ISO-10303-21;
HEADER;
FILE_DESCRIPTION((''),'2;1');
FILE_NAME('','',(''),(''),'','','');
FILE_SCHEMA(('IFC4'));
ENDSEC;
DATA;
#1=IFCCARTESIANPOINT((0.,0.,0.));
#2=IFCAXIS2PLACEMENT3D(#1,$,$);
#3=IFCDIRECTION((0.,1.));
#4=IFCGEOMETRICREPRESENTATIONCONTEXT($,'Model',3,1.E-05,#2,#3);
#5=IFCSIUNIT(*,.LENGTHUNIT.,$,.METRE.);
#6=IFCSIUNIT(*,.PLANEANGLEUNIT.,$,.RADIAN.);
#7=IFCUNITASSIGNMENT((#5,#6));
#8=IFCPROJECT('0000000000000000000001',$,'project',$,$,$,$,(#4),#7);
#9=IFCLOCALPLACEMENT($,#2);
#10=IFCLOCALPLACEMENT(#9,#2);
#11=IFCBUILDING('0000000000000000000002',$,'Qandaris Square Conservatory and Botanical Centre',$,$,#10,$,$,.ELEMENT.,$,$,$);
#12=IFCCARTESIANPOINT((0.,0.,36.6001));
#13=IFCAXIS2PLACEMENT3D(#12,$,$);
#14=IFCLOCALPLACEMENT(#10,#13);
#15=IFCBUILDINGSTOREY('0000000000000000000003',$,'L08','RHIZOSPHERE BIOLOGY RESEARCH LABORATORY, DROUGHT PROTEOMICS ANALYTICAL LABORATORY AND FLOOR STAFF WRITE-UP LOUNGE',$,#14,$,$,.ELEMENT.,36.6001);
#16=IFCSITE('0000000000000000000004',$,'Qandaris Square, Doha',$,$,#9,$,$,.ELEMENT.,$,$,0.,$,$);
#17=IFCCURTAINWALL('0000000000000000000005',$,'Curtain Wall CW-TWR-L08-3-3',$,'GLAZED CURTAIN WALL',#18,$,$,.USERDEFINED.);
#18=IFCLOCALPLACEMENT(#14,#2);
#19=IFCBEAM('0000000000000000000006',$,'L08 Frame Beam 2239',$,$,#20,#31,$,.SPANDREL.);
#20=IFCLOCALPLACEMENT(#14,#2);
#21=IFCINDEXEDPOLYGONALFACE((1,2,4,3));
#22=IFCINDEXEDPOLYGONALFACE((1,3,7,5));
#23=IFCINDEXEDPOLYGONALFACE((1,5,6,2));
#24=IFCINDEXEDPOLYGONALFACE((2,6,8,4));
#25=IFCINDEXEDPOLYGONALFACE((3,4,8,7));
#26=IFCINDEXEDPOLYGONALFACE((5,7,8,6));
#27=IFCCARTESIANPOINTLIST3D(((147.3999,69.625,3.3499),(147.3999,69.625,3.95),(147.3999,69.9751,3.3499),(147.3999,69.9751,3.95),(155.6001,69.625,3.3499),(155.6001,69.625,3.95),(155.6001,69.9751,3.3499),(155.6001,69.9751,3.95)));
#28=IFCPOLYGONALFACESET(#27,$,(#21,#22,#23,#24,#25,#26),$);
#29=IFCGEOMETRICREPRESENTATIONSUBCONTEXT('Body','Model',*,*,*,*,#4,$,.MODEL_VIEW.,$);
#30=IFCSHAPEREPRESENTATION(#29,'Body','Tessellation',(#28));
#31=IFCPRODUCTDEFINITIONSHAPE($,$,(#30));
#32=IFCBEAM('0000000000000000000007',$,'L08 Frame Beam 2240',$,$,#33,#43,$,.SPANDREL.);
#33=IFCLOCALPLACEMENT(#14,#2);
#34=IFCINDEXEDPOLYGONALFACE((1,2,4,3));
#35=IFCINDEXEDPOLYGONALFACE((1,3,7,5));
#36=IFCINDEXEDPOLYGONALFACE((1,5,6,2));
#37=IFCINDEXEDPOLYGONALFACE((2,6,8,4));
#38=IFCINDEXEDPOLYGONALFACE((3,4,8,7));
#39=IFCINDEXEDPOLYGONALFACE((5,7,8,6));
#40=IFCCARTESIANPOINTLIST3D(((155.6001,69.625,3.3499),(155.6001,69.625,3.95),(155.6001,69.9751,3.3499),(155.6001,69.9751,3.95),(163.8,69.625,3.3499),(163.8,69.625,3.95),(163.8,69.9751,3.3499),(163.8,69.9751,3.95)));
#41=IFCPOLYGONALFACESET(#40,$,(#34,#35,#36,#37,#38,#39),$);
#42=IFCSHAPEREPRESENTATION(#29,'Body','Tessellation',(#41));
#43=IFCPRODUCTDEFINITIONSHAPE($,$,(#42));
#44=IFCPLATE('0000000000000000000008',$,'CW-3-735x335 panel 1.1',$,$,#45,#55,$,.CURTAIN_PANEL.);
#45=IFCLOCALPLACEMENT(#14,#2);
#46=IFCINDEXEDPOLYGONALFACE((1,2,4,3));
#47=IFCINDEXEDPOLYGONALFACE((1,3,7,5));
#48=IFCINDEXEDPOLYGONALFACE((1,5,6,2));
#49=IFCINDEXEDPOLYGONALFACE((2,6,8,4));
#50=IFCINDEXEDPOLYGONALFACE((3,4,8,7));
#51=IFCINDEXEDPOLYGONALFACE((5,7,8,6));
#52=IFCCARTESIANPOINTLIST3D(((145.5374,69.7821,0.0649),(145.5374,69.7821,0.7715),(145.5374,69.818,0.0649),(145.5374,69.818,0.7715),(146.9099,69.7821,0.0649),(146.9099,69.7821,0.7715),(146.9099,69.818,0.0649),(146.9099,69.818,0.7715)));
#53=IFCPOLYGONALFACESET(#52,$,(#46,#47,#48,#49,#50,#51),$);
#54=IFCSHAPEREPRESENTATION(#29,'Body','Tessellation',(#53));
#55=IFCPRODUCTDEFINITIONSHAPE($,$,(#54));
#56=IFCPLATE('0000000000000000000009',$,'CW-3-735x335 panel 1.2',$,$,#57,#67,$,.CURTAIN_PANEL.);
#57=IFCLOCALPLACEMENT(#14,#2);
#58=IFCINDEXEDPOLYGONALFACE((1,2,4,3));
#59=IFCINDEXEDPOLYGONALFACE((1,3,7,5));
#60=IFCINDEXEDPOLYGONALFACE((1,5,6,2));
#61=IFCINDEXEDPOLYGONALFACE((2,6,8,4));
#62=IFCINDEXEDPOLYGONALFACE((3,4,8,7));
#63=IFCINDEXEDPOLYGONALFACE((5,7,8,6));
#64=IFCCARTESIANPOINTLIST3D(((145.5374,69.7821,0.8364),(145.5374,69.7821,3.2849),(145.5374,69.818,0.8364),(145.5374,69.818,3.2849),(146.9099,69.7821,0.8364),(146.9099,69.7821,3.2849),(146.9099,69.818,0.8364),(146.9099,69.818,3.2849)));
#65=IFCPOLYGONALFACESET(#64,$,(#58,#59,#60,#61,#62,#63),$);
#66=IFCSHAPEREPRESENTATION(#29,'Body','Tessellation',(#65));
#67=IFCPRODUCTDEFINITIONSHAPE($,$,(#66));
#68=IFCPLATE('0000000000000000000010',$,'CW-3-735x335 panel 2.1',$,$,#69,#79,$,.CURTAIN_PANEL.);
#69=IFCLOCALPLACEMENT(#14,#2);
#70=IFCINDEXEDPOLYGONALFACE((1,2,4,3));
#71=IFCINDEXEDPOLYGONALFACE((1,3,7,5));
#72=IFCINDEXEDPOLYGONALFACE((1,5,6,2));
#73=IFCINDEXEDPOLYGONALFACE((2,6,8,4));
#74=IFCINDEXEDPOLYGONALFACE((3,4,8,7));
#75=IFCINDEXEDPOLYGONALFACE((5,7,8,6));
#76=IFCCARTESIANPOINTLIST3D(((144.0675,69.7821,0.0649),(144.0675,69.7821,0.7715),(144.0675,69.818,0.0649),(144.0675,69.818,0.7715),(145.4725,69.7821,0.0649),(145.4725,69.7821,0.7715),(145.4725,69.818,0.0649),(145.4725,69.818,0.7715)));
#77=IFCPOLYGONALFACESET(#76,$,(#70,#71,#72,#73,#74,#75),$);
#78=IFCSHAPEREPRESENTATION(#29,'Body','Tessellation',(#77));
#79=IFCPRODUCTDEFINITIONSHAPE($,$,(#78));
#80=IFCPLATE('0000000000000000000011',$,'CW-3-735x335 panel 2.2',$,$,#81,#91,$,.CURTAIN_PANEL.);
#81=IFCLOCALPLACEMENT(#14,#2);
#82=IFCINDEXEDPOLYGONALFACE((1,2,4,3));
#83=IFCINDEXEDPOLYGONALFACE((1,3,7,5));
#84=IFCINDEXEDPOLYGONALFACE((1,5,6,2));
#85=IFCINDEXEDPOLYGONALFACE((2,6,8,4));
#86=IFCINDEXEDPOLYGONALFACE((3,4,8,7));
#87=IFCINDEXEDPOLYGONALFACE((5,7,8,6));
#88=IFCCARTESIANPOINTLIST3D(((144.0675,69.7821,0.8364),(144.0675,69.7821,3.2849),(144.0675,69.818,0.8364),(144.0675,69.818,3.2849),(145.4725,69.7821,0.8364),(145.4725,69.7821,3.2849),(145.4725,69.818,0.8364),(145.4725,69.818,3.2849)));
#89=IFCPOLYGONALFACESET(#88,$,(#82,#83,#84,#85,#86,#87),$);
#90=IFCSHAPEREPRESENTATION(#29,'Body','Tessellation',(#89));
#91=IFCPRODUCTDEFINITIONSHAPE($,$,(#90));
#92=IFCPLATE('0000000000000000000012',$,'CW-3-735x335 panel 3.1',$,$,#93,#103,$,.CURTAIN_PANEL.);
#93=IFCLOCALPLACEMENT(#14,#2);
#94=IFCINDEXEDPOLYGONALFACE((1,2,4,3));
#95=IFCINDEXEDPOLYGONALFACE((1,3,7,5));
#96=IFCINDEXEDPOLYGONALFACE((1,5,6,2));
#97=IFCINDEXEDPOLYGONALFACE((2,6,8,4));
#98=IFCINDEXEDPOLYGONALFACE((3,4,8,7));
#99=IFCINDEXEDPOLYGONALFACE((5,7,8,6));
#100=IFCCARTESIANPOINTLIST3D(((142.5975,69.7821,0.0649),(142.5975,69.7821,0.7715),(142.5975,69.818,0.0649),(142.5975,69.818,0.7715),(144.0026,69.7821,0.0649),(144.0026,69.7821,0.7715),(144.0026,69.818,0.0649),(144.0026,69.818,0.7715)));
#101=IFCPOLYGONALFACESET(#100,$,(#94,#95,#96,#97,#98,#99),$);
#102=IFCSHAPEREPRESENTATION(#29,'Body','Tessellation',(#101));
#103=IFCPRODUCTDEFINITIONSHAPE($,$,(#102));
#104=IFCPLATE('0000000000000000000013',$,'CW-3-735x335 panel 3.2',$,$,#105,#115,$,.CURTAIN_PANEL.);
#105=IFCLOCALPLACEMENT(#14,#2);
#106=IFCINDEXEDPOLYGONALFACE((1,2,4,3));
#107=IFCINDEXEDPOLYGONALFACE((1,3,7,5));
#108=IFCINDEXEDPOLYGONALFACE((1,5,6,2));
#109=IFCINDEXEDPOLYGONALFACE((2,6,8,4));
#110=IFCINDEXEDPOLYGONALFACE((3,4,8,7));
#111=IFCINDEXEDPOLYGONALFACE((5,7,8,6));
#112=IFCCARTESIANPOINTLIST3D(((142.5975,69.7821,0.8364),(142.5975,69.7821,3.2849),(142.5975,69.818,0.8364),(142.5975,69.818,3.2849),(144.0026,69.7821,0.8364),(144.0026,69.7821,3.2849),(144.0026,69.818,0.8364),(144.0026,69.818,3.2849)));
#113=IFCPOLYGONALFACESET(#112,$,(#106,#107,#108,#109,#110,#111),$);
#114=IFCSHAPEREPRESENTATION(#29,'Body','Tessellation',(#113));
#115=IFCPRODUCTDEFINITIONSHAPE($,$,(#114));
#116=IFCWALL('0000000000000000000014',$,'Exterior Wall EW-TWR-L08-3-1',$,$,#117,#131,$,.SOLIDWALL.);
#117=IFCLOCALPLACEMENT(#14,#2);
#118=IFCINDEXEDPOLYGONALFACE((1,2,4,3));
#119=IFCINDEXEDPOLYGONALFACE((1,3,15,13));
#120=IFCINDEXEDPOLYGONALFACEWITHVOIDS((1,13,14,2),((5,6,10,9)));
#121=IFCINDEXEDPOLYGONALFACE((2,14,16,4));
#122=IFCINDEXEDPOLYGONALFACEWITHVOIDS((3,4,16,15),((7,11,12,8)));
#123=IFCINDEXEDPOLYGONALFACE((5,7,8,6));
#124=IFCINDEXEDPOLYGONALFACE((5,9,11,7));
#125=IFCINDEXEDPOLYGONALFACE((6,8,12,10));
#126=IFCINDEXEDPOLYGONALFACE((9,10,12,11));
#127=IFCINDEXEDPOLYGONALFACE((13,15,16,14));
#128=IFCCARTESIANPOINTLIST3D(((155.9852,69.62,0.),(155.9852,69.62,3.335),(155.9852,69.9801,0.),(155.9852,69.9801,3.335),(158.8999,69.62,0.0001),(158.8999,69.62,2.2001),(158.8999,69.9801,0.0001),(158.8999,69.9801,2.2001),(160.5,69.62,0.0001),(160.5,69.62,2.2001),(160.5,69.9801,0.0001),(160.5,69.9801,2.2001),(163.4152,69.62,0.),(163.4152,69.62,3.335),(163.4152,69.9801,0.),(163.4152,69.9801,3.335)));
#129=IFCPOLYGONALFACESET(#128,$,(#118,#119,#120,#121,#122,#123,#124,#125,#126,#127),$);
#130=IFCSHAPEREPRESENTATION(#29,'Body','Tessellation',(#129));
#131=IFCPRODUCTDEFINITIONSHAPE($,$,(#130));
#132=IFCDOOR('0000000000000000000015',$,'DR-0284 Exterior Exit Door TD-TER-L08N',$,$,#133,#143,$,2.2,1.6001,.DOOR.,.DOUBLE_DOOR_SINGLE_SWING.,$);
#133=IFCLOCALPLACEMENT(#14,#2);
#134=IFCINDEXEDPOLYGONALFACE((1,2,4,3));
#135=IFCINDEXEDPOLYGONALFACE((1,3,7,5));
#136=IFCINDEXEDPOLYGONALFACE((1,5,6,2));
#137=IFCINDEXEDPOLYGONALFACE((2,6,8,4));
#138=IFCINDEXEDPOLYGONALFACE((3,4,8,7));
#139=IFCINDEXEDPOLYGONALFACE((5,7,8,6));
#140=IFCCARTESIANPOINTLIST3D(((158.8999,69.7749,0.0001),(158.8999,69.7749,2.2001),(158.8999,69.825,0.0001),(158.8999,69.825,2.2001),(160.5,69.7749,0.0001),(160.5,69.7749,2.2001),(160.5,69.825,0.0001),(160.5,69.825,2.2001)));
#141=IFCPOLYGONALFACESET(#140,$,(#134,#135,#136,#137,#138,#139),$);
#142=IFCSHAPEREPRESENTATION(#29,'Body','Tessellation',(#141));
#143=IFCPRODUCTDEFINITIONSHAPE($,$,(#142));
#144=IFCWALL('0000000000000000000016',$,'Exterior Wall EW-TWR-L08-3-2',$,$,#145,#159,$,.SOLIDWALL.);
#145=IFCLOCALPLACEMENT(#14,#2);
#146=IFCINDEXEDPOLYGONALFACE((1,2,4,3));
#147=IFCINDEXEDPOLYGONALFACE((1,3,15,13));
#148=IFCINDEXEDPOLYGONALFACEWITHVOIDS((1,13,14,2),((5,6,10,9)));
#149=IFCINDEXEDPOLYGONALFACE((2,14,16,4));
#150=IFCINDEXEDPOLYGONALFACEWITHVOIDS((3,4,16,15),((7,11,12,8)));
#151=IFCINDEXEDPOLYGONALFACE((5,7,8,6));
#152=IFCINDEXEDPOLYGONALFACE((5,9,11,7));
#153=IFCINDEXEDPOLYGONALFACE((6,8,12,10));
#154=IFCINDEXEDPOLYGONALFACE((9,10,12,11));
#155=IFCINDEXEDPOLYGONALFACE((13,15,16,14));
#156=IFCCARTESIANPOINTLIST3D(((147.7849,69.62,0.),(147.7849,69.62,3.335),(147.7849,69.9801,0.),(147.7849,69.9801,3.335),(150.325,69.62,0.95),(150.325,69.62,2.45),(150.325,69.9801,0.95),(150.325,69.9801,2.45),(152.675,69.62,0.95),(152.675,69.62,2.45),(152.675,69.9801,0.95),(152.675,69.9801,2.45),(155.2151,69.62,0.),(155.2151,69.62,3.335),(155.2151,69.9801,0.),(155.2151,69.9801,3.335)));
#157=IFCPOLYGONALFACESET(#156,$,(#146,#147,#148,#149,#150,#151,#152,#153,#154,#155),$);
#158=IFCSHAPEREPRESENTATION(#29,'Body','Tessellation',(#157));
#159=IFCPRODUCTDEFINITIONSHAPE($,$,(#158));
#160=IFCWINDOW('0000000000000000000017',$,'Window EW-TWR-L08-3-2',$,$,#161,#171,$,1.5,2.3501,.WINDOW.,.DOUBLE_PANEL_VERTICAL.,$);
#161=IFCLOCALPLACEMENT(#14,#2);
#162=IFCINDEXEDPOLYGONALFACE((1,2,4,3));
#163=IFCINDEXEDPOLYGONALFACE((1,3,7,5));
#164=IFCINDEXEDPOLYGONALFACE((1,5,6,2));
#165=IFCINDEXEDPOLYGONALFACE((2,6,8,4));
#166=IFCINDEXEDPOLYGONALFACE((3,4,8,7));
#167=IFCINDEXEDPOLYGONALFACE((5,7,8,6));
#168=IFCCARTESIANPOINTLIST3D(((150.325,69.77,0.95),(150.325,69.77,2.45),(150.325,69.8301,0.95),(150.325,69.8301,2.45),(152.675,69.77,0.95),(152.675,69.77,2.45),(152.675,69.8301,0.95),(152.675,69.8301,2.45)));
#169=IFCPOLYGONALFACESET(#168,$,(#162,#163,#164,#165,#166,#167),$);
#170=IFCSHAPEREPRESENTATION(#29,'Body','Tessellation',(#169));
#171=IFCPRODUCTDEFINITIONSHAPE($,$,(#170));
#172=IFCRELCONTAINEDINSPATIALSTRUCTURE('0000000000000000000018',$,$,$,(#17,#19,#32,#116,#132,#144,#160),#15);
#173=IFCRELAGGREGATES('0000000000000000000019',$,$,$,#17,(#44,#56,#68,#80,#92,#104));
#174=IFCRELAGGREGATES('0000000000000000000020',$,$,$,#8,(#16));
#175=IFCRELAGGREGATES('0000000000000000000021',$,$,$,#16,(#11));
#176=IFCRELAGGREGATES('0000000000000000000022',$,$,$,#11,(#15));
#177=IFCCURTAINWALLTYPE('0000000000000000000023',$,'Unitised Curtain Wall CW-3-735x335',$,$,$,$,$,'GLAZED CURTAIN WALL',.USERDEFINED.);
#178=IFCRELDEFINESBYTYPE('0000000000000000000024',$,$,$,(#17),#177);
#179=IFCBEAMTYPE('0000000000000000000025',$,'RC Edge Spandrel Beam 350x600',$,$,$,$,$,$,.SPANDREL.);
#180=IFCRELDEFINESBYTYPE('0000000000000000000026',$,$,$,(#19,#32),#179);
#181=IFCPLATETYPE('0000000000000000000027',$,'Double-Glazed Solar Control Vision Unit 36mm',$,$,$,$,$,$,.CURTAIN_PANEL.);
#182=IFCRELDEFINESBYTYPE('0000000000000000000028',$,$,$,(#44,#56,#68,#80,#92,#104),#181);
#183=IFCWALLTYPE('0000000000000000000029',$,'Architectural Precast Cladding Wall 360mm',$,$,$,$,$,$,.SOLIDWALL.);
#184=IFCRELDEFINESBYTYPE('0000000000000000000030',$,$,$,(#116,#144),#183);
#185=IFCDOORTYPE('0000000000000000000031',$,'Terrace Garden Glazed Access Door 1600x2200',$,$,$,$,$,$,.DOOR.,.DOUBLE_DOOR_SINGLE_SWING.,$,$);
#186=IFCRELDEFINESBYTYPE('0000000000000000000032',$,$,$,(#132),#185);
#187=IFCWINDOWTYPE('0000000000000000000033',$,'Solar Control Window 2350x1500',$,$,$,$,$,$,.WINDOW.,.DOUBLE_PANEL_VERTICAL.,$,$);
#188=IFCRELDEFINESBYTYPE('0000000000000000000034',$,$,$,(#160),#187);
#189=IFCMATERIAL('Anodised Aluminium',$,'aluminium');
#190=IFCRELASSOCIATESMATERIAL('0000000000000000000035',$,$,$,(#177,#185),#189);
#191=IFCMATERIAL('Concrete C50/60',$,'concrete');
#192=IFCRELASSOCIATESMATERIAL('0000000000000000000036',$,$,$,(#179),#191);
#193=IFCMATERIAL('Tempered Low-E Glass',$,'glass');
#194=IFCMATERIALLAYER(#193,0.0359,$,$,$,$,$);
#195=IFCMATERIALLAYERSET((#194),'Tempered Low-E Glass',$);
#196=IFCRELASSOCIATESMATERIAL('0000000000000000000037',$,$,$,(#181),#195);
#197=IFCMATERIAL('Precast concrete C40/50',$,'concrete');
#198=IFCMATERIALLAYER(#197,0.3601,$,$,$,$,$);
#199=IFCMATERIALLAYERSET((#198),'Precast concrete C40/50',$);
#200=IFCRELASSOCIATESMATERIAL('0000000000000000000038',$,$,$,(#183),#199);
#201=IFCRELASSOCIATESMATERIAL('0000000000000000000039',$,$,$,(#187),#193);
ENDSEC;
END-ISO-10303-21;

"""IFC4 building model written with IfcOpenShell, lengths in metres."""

from ifc_helpers import new_model, si_unit, direction, frame, frame_2d, origin, origin_2d, place, context, subcontext, project, spatial, rectangle, extrude, material, layer, layer_set, material_profile, profile_set, type_object, element, fill, aggregate, save


model = new_model("IFC4")

# Units and contexts
model_context = context("Model", 3, precision=1e-05, world=origin(), true_north=direction((0.0, 1.0)))
body_context = subcontext(model_context, "Body", "Model", "MODEL_VIEW")
ifc_project = project(units=[si_unit("LENGTHUNIT", "METRE"), si_unit("PLANEANGLEUNIT", "RADIAN")], contexts=[model_context])

# Site, building, storey
site_placement = place(None, origin())
site = spatial("IfcSite", under=ifc_project, at=site_placement, Name="Qandaris Square, Doha", CompositionType="ELEMENT", RefElevation=0.0)
building_placement = place(site_placement, origin())
building = spatial("IfcBuilding", under=site, at=building_placement, Name="Qandaris Square Conservatory and Botanical Centre", CompositionType="ELEMENT")
storey_placement = place(building_placement, frame((0.0, 0.0, 36.6001)))
storey = spatial("IfcBuildingStorey", under=building, at=storey_placement, Name="L08", Description="RHIZOSPHERE BIOLOGY RESEARCH LABORATORY, DROUGHT PROTEOMICS ANALYTICAL LABORATORY AND FLOOR STAFF WRITE-UP LOUNGE", CompositionType="ELEMENT", Elevation=36.6001)

# Shared definitions
ifc_material_1 = material(Name="Concrete C50/60", Category="concrete")

# Curtain wall
ifc_material_2 = material(Name="Anodised Aluminium", Category="aluminium")
curtain_wall_type = type_object("IfcCurtainWallType", Name="Unitised Curtain Wall CW-3-735x335", ElementType="GLAZED CURTAIN WALL", PredefinedType="USERDEFINED", material=ifc_material_2)
curtain_wall_placement = place(storey_placement, origin())
curtain_wall = element("IfcCurtainWall", 1, at=curtain_wall_placement, inside=storey, type_object=curtain_wall_type, Name="Curtain Wall CW-TWR-L08-3-3", ObjectType="GLAZED CURTAIN WALL", PredefinedType="USERDEFINED")

# Beams
ifc_material_profile_1 = material_profile(ifc_material_1, rectangle(XDim=0.3501, YDim=0.6001, at=origin_2d()), Name="RC-SP 350x600")
ifc_profile_set_1 = profile_set([ifc_material_profile_1], Name="Concrete C50/60")
beam_type = type_object("IfcBeamType", Name="RC Edge Spandrel Beam 350x600", PredefinedType="SPANDREL", material=ifc_profile_set_1)
beam_1_placement = place(storey_placement, frame((147.3999, 69.8, 3.6499), z_axis=(1.0, 0.0, 0.0), x_axis=(0.0, 1.0, 0.0)))
element("IfcBeam", 2, at=beam_1_placement, inside=storey, type_object=beam_type, Name="L08 Frame Beam 2239", PredefinedType="SPANDREL", context=body_context, shape_type="SweptSolid", body=[
    extrude(rectangle(XDim=0.3501, YDim=0.6001, at=origin_2d()), origin(), (0.0, 0.0, 1.0), 8.2002),
])
beam_2_placement = place(storey_placement, frame((155.6001, 69.8, 3.6499), z_axis=(1.0, 0.0, 0.0), x_axis=(0.0, 1.0, 0.0)))
element("IfcBeam", 3, at=beam_2_placement, inside=storey, type_object=beam_type, Name="L08 Frame Beam 2240", PredefinedType="SPANDREL", context=body_context, shape_type="SweptSolid", body=[
    extrude(rectangle(XDim=0.3501, YDim=0.6001, at=origin_2d()), origin(), (0.0, 0.0, 1.0), 8.2),
])

# Plates
ifc_material_3 = material(Name="Tempered Low-E Glass", Category="glass")
ifc_layer_1 = layer(ifc_material_3, 0.0359)
ifc_layer_set_1 = layer_set([ifc_layer_1], Name="Tempered Low-E Glass")
plate_type = type_object("IfcPlateType", Name="Double-Glazed Solar Control Vision Unit 36mm", PredefinedType="CURTAIN_PANEL", material=ifc_layer_set_1)
plate_1_placement = place(storey_placement, frame((146.2236, 69.8, 0.0649), z_axis=(0.0, 0.0, 1.0), x_axis=(-1.0, 0.0, 0.0)))
plate_1 = element("IfcPlate", 4, at=plate_1_placement, type_object=plate_type, Name="CW-3-735x335 panel 1.1", PredefinedType="CURTAIN_PANEL", context=body_context, shape_type="SweptSolid", body=[
    extrude(rectangle(XDim=1.3726, YDim=0.0359, at=origin_2d()), origin(), (0.0, 0.0, 1.0), 0.7065),
])
plate_2_placement = place(storey_placement, frame((146.2236, 69.8, 0.8364), z_axis=(0.0, 0.0, 1.0), x_axis=(-1.0, 0.0, 0.0)))
plate_2 = element("IfcPlate", 5, at=plate_2_placement, type_object=plate_type, Name="CW-3-735x335 panel 1.2", PredefinedType="CURTAIN_PANEL", context=body_context, shape_type="SweptSolid", body=[
    extrude(rectangle(XDim=1.3726, YDim=0.0359, at=origin_2d()), origin(), (0.0, 0.0, 1.0), 2.4485),
])
plate_3_placement = place(storey_placement, frame((144.77, 69.8, 0.0649), z_axis=(0.0, 0.0, 1.0), x_axis=(-1.0, 0.0, 0.0)))
plate_3 = element("IfcPlate", 6, at=plate_3_placement, type_object=plate_type, Name="CW-3-735x335 panel 2.1", PredefinedType="CURTAIN_PANEL", context=body_context, shape_type="SweptSolid", body=[
    extrude(rectangle(XDim=1.405, YDim=0.0359, at=origin_2d()), origin(), (0.0, 0.0, 1.0), 0.7065),
])
plate_4_placement = place(storey_placement, frame((144.77, 69.8, 0.8364), z_axis=(0.0, 0.0, 1.0), x_axis=(-1.0, 0.0, 0.0)))
plate_4 = element("IfcPlate", 7, at=plate_4_placement, type_object=plate_type, Name="CW-3-735x335 panel 2.2", PredefinedType="CURTAIN_PANEL", context=body_context, shape_type="SweptSolid", body=[
    extrude(rectangle(XDim=1.405, YDim=0.0359, at=origin_2d()), origin(), (0.0, 0.0, 1.0), 2.4485),
])
plate_5_placement = place(storey_placement, frame((143.3, 69.8, 0.0649), z_axis=(0.0, 0.0, 1.0), x_axis=(-1.0, 0.0, 0.0)))
plate_5 = element("IfcPlate", 8, at=plate_5_placement, type_object=plate_type, Name="CW-3-735x335 panel 3.1", PredefinedType="CURTAIN_PANEL", context=body_context, shape_type="SweptSolid", body=[
    extrude(rectangle(XDim=1.405, YDim=0.0359, at=origin_2d()), origin(), (0.0, 0.0, 1.0), 0.7065),
])
plate_6_placement = place(storey_placement, frame((143.3, 69.8, 0.8364), z_axis=(0.0, 0.0, 1.0), x_axis=(-1.0, 0.0, 0.0)))
plate_6 = element("IfcPlate", 9, at=plate_6_placement, type_object=plate_type, Name="CW-3-735x335 panel 3.2", PredefinedType="CURTAIN_PANEL", context=body_context, shape_type="SweptSolid", body=[
    extrude(rectangle(XDim=1.405, YDim=0.0359, at=origin_2d()), origin(), (0.0, 0.0, 1.0), 2.4485),
])
aggregate(curtain_wall, [plate_1, plate_2, plate_3, plate_4, plate_5, plate_6])

# Wall, opening, door
ifc_material_4 = material(Name="Precast concrete C40/50", Category="concrete")
ifc_layer_2 = layer(ifc_material_4, 0.3601)
ifc_layer_set_2 = layer_set([ifc_layer_2], Name="Precast concrete C40/50")
wall_type = type_object("IfcWallType", Name="Architectural Precast Cladding Wall 360mm", PredefinedType="SOLIDWALL", material=ifc_layer_set_2)
wall_1_placement = place(storey_placement, frame((163.415, 69.8, 0.0), z_axis=(0.0, 0.0, 1.0), x_axis=(-1.0, 0.0, 0.0)))
wall_1 = element("IfcWall", 10, at=wall_1_placement, inside=storey, type_object=wall_type, Name="Exterior Wall EW-TWR-L08-3-1", PredefinedType="SOLIDWALL", context=body_context, shape_type="SweptSolid", body=[
    extrude(rectangle(XDim=7.4299, YDim=0.3601, at=frame_2d((3.7148, 0.0))), origin(), (0.0, 0.0, 1.0), 3.335),
])
opening_1_placement = place(wall_1_placement, frame((2.915, 0.0, 0.0)))
opening_1 = element("IfcOpeningElement", 11, at=opening_1_placement, cuts=wall_1, PredefinedType="OPENING", context=body_context, shape_type="SweptSolid", body=[
    extrude(rectangle(XDim=1.6001, YDim=2.2, at=frame_2d((0.8, 1.1001))), frame((0.0, 0.1919, 0.0), z_axis=(0.0, -1.0, 0.0), x_axis=(1.0, 0.0, 0.0)), (0.0, 0.0, 1.0), 0.384),
])
door_type = type_object("IfcDoorType", Name="Terrace Garden Glazed Access Door 1600x2200", OperationType="DOUBLE_DOOR_SINGLE_SWING", PredefinedType="DOOR", material=ifc_material_2)
door_placement = place(opening_1_placement, frame((1.6001, 0.0, 0.0), z_axis=(0.0, 0.0, 1.0), x_axis=(-1.0, 0.0, 0.0)))
door = element("IfcDoor", 12, at=door_placement, inside=storey, type_object=door_type, Name="DR-0284 Exterior Exit Door TD-TER-L08N", OperationType="DOUBLE_DOOR_SINGLE_SWING", OverallHeight=2.2, OverallWidth=1.6001, PredefinedType="DOOR", context=body_context, shape_type="SweptSolid", body=[
    extrude(rectangle(XDim=1.6001, YDim=2.2, at=frame_2d((0.8, 1.1001))), frame((0.0, 0.0249, 0.0), z_axis=(0.0, -1.0, 0.0), x_axis=(1.0, 0.0, 0.0)), (0.0, 0.0, 1.0), 0.05),
])
fill(opening_1, door)

# Wall, opening, window
wall_2_placement = place(storey_placement, frame((155.2151, 69.8, 0.0), z_axis=(0.0, 0.0, 1.0), x_axis=(-1.0, 0.0, 0.0)))
wall_2 = element("IfcWall", 13, at=wall_2_placement, inside=storey, type_object=wall_type, Name="Exterior Wall EW-TWR-L08-3-2", PredefinedType="SOLIDWALL", context=body_context, shape_type="SweptSolid", body=[
    extrude(rectangle(XDim=7.4302, YDim=0.3601, at=frame_2d((3.7151, 0.0))), origin(), (0.0, 0.0, 1.0), 3.335),
])
opening_2_placement = place(wall_2_placement, frame((2.54, 0.0, 0.95)))
opening_2 = element("IfcOpeningElement", 14, at=opening_2_placement, cuts=wall_2, PredefinedType="OPENING", context=body_context, shape_type="SweptSolid", body=[
    extrude(rectangle(XDim=2.3501, YDim=1.5, at=frame_2d((1.175, 0.75))), frame((0.0, 0.1919, 0.0), z_axis=(0.0, -1.0, 0.0), x_axis=(1.0, 0.0, 0.0)), (0.0, 0.0, 1.0), 0.384),
])
window_type = type_object("IfcWindowType", Name="Solar Control Window 2350x1500", PartitioningType="DOUBLE_PANEL_VERTICAL", PredefinedType="WINDOW", material=ifc_material_3)
window_placement = place(opening_2_placement, origin())
window = element("IfcWindow", 15, at=window_placement, inside=storey, type_object=window_type, Name="Window EW-TWR-L08-3-2", OverallHeight=1.5, OverallWidth=2.3501, PartitioningType="DOUBLE_PANEL_VERTICAL", PredefinedType="WINDOW", context=body_context, shape_type="SweptSolid", body=[
    extrude(rectangle(XDim=2.3501, YDim=1.5, at=frame_2d((1.175, 0.75))), frame((0.0, 0.03, 0.0), z_axis=(0.0, -1.0, 0.0), x_axis=(1.0, 0.0, 0.0)), (0.0, 0.0, 1.0), 0.0601),
])
fill(opening_2, window)

save(model, "model.ifc")
